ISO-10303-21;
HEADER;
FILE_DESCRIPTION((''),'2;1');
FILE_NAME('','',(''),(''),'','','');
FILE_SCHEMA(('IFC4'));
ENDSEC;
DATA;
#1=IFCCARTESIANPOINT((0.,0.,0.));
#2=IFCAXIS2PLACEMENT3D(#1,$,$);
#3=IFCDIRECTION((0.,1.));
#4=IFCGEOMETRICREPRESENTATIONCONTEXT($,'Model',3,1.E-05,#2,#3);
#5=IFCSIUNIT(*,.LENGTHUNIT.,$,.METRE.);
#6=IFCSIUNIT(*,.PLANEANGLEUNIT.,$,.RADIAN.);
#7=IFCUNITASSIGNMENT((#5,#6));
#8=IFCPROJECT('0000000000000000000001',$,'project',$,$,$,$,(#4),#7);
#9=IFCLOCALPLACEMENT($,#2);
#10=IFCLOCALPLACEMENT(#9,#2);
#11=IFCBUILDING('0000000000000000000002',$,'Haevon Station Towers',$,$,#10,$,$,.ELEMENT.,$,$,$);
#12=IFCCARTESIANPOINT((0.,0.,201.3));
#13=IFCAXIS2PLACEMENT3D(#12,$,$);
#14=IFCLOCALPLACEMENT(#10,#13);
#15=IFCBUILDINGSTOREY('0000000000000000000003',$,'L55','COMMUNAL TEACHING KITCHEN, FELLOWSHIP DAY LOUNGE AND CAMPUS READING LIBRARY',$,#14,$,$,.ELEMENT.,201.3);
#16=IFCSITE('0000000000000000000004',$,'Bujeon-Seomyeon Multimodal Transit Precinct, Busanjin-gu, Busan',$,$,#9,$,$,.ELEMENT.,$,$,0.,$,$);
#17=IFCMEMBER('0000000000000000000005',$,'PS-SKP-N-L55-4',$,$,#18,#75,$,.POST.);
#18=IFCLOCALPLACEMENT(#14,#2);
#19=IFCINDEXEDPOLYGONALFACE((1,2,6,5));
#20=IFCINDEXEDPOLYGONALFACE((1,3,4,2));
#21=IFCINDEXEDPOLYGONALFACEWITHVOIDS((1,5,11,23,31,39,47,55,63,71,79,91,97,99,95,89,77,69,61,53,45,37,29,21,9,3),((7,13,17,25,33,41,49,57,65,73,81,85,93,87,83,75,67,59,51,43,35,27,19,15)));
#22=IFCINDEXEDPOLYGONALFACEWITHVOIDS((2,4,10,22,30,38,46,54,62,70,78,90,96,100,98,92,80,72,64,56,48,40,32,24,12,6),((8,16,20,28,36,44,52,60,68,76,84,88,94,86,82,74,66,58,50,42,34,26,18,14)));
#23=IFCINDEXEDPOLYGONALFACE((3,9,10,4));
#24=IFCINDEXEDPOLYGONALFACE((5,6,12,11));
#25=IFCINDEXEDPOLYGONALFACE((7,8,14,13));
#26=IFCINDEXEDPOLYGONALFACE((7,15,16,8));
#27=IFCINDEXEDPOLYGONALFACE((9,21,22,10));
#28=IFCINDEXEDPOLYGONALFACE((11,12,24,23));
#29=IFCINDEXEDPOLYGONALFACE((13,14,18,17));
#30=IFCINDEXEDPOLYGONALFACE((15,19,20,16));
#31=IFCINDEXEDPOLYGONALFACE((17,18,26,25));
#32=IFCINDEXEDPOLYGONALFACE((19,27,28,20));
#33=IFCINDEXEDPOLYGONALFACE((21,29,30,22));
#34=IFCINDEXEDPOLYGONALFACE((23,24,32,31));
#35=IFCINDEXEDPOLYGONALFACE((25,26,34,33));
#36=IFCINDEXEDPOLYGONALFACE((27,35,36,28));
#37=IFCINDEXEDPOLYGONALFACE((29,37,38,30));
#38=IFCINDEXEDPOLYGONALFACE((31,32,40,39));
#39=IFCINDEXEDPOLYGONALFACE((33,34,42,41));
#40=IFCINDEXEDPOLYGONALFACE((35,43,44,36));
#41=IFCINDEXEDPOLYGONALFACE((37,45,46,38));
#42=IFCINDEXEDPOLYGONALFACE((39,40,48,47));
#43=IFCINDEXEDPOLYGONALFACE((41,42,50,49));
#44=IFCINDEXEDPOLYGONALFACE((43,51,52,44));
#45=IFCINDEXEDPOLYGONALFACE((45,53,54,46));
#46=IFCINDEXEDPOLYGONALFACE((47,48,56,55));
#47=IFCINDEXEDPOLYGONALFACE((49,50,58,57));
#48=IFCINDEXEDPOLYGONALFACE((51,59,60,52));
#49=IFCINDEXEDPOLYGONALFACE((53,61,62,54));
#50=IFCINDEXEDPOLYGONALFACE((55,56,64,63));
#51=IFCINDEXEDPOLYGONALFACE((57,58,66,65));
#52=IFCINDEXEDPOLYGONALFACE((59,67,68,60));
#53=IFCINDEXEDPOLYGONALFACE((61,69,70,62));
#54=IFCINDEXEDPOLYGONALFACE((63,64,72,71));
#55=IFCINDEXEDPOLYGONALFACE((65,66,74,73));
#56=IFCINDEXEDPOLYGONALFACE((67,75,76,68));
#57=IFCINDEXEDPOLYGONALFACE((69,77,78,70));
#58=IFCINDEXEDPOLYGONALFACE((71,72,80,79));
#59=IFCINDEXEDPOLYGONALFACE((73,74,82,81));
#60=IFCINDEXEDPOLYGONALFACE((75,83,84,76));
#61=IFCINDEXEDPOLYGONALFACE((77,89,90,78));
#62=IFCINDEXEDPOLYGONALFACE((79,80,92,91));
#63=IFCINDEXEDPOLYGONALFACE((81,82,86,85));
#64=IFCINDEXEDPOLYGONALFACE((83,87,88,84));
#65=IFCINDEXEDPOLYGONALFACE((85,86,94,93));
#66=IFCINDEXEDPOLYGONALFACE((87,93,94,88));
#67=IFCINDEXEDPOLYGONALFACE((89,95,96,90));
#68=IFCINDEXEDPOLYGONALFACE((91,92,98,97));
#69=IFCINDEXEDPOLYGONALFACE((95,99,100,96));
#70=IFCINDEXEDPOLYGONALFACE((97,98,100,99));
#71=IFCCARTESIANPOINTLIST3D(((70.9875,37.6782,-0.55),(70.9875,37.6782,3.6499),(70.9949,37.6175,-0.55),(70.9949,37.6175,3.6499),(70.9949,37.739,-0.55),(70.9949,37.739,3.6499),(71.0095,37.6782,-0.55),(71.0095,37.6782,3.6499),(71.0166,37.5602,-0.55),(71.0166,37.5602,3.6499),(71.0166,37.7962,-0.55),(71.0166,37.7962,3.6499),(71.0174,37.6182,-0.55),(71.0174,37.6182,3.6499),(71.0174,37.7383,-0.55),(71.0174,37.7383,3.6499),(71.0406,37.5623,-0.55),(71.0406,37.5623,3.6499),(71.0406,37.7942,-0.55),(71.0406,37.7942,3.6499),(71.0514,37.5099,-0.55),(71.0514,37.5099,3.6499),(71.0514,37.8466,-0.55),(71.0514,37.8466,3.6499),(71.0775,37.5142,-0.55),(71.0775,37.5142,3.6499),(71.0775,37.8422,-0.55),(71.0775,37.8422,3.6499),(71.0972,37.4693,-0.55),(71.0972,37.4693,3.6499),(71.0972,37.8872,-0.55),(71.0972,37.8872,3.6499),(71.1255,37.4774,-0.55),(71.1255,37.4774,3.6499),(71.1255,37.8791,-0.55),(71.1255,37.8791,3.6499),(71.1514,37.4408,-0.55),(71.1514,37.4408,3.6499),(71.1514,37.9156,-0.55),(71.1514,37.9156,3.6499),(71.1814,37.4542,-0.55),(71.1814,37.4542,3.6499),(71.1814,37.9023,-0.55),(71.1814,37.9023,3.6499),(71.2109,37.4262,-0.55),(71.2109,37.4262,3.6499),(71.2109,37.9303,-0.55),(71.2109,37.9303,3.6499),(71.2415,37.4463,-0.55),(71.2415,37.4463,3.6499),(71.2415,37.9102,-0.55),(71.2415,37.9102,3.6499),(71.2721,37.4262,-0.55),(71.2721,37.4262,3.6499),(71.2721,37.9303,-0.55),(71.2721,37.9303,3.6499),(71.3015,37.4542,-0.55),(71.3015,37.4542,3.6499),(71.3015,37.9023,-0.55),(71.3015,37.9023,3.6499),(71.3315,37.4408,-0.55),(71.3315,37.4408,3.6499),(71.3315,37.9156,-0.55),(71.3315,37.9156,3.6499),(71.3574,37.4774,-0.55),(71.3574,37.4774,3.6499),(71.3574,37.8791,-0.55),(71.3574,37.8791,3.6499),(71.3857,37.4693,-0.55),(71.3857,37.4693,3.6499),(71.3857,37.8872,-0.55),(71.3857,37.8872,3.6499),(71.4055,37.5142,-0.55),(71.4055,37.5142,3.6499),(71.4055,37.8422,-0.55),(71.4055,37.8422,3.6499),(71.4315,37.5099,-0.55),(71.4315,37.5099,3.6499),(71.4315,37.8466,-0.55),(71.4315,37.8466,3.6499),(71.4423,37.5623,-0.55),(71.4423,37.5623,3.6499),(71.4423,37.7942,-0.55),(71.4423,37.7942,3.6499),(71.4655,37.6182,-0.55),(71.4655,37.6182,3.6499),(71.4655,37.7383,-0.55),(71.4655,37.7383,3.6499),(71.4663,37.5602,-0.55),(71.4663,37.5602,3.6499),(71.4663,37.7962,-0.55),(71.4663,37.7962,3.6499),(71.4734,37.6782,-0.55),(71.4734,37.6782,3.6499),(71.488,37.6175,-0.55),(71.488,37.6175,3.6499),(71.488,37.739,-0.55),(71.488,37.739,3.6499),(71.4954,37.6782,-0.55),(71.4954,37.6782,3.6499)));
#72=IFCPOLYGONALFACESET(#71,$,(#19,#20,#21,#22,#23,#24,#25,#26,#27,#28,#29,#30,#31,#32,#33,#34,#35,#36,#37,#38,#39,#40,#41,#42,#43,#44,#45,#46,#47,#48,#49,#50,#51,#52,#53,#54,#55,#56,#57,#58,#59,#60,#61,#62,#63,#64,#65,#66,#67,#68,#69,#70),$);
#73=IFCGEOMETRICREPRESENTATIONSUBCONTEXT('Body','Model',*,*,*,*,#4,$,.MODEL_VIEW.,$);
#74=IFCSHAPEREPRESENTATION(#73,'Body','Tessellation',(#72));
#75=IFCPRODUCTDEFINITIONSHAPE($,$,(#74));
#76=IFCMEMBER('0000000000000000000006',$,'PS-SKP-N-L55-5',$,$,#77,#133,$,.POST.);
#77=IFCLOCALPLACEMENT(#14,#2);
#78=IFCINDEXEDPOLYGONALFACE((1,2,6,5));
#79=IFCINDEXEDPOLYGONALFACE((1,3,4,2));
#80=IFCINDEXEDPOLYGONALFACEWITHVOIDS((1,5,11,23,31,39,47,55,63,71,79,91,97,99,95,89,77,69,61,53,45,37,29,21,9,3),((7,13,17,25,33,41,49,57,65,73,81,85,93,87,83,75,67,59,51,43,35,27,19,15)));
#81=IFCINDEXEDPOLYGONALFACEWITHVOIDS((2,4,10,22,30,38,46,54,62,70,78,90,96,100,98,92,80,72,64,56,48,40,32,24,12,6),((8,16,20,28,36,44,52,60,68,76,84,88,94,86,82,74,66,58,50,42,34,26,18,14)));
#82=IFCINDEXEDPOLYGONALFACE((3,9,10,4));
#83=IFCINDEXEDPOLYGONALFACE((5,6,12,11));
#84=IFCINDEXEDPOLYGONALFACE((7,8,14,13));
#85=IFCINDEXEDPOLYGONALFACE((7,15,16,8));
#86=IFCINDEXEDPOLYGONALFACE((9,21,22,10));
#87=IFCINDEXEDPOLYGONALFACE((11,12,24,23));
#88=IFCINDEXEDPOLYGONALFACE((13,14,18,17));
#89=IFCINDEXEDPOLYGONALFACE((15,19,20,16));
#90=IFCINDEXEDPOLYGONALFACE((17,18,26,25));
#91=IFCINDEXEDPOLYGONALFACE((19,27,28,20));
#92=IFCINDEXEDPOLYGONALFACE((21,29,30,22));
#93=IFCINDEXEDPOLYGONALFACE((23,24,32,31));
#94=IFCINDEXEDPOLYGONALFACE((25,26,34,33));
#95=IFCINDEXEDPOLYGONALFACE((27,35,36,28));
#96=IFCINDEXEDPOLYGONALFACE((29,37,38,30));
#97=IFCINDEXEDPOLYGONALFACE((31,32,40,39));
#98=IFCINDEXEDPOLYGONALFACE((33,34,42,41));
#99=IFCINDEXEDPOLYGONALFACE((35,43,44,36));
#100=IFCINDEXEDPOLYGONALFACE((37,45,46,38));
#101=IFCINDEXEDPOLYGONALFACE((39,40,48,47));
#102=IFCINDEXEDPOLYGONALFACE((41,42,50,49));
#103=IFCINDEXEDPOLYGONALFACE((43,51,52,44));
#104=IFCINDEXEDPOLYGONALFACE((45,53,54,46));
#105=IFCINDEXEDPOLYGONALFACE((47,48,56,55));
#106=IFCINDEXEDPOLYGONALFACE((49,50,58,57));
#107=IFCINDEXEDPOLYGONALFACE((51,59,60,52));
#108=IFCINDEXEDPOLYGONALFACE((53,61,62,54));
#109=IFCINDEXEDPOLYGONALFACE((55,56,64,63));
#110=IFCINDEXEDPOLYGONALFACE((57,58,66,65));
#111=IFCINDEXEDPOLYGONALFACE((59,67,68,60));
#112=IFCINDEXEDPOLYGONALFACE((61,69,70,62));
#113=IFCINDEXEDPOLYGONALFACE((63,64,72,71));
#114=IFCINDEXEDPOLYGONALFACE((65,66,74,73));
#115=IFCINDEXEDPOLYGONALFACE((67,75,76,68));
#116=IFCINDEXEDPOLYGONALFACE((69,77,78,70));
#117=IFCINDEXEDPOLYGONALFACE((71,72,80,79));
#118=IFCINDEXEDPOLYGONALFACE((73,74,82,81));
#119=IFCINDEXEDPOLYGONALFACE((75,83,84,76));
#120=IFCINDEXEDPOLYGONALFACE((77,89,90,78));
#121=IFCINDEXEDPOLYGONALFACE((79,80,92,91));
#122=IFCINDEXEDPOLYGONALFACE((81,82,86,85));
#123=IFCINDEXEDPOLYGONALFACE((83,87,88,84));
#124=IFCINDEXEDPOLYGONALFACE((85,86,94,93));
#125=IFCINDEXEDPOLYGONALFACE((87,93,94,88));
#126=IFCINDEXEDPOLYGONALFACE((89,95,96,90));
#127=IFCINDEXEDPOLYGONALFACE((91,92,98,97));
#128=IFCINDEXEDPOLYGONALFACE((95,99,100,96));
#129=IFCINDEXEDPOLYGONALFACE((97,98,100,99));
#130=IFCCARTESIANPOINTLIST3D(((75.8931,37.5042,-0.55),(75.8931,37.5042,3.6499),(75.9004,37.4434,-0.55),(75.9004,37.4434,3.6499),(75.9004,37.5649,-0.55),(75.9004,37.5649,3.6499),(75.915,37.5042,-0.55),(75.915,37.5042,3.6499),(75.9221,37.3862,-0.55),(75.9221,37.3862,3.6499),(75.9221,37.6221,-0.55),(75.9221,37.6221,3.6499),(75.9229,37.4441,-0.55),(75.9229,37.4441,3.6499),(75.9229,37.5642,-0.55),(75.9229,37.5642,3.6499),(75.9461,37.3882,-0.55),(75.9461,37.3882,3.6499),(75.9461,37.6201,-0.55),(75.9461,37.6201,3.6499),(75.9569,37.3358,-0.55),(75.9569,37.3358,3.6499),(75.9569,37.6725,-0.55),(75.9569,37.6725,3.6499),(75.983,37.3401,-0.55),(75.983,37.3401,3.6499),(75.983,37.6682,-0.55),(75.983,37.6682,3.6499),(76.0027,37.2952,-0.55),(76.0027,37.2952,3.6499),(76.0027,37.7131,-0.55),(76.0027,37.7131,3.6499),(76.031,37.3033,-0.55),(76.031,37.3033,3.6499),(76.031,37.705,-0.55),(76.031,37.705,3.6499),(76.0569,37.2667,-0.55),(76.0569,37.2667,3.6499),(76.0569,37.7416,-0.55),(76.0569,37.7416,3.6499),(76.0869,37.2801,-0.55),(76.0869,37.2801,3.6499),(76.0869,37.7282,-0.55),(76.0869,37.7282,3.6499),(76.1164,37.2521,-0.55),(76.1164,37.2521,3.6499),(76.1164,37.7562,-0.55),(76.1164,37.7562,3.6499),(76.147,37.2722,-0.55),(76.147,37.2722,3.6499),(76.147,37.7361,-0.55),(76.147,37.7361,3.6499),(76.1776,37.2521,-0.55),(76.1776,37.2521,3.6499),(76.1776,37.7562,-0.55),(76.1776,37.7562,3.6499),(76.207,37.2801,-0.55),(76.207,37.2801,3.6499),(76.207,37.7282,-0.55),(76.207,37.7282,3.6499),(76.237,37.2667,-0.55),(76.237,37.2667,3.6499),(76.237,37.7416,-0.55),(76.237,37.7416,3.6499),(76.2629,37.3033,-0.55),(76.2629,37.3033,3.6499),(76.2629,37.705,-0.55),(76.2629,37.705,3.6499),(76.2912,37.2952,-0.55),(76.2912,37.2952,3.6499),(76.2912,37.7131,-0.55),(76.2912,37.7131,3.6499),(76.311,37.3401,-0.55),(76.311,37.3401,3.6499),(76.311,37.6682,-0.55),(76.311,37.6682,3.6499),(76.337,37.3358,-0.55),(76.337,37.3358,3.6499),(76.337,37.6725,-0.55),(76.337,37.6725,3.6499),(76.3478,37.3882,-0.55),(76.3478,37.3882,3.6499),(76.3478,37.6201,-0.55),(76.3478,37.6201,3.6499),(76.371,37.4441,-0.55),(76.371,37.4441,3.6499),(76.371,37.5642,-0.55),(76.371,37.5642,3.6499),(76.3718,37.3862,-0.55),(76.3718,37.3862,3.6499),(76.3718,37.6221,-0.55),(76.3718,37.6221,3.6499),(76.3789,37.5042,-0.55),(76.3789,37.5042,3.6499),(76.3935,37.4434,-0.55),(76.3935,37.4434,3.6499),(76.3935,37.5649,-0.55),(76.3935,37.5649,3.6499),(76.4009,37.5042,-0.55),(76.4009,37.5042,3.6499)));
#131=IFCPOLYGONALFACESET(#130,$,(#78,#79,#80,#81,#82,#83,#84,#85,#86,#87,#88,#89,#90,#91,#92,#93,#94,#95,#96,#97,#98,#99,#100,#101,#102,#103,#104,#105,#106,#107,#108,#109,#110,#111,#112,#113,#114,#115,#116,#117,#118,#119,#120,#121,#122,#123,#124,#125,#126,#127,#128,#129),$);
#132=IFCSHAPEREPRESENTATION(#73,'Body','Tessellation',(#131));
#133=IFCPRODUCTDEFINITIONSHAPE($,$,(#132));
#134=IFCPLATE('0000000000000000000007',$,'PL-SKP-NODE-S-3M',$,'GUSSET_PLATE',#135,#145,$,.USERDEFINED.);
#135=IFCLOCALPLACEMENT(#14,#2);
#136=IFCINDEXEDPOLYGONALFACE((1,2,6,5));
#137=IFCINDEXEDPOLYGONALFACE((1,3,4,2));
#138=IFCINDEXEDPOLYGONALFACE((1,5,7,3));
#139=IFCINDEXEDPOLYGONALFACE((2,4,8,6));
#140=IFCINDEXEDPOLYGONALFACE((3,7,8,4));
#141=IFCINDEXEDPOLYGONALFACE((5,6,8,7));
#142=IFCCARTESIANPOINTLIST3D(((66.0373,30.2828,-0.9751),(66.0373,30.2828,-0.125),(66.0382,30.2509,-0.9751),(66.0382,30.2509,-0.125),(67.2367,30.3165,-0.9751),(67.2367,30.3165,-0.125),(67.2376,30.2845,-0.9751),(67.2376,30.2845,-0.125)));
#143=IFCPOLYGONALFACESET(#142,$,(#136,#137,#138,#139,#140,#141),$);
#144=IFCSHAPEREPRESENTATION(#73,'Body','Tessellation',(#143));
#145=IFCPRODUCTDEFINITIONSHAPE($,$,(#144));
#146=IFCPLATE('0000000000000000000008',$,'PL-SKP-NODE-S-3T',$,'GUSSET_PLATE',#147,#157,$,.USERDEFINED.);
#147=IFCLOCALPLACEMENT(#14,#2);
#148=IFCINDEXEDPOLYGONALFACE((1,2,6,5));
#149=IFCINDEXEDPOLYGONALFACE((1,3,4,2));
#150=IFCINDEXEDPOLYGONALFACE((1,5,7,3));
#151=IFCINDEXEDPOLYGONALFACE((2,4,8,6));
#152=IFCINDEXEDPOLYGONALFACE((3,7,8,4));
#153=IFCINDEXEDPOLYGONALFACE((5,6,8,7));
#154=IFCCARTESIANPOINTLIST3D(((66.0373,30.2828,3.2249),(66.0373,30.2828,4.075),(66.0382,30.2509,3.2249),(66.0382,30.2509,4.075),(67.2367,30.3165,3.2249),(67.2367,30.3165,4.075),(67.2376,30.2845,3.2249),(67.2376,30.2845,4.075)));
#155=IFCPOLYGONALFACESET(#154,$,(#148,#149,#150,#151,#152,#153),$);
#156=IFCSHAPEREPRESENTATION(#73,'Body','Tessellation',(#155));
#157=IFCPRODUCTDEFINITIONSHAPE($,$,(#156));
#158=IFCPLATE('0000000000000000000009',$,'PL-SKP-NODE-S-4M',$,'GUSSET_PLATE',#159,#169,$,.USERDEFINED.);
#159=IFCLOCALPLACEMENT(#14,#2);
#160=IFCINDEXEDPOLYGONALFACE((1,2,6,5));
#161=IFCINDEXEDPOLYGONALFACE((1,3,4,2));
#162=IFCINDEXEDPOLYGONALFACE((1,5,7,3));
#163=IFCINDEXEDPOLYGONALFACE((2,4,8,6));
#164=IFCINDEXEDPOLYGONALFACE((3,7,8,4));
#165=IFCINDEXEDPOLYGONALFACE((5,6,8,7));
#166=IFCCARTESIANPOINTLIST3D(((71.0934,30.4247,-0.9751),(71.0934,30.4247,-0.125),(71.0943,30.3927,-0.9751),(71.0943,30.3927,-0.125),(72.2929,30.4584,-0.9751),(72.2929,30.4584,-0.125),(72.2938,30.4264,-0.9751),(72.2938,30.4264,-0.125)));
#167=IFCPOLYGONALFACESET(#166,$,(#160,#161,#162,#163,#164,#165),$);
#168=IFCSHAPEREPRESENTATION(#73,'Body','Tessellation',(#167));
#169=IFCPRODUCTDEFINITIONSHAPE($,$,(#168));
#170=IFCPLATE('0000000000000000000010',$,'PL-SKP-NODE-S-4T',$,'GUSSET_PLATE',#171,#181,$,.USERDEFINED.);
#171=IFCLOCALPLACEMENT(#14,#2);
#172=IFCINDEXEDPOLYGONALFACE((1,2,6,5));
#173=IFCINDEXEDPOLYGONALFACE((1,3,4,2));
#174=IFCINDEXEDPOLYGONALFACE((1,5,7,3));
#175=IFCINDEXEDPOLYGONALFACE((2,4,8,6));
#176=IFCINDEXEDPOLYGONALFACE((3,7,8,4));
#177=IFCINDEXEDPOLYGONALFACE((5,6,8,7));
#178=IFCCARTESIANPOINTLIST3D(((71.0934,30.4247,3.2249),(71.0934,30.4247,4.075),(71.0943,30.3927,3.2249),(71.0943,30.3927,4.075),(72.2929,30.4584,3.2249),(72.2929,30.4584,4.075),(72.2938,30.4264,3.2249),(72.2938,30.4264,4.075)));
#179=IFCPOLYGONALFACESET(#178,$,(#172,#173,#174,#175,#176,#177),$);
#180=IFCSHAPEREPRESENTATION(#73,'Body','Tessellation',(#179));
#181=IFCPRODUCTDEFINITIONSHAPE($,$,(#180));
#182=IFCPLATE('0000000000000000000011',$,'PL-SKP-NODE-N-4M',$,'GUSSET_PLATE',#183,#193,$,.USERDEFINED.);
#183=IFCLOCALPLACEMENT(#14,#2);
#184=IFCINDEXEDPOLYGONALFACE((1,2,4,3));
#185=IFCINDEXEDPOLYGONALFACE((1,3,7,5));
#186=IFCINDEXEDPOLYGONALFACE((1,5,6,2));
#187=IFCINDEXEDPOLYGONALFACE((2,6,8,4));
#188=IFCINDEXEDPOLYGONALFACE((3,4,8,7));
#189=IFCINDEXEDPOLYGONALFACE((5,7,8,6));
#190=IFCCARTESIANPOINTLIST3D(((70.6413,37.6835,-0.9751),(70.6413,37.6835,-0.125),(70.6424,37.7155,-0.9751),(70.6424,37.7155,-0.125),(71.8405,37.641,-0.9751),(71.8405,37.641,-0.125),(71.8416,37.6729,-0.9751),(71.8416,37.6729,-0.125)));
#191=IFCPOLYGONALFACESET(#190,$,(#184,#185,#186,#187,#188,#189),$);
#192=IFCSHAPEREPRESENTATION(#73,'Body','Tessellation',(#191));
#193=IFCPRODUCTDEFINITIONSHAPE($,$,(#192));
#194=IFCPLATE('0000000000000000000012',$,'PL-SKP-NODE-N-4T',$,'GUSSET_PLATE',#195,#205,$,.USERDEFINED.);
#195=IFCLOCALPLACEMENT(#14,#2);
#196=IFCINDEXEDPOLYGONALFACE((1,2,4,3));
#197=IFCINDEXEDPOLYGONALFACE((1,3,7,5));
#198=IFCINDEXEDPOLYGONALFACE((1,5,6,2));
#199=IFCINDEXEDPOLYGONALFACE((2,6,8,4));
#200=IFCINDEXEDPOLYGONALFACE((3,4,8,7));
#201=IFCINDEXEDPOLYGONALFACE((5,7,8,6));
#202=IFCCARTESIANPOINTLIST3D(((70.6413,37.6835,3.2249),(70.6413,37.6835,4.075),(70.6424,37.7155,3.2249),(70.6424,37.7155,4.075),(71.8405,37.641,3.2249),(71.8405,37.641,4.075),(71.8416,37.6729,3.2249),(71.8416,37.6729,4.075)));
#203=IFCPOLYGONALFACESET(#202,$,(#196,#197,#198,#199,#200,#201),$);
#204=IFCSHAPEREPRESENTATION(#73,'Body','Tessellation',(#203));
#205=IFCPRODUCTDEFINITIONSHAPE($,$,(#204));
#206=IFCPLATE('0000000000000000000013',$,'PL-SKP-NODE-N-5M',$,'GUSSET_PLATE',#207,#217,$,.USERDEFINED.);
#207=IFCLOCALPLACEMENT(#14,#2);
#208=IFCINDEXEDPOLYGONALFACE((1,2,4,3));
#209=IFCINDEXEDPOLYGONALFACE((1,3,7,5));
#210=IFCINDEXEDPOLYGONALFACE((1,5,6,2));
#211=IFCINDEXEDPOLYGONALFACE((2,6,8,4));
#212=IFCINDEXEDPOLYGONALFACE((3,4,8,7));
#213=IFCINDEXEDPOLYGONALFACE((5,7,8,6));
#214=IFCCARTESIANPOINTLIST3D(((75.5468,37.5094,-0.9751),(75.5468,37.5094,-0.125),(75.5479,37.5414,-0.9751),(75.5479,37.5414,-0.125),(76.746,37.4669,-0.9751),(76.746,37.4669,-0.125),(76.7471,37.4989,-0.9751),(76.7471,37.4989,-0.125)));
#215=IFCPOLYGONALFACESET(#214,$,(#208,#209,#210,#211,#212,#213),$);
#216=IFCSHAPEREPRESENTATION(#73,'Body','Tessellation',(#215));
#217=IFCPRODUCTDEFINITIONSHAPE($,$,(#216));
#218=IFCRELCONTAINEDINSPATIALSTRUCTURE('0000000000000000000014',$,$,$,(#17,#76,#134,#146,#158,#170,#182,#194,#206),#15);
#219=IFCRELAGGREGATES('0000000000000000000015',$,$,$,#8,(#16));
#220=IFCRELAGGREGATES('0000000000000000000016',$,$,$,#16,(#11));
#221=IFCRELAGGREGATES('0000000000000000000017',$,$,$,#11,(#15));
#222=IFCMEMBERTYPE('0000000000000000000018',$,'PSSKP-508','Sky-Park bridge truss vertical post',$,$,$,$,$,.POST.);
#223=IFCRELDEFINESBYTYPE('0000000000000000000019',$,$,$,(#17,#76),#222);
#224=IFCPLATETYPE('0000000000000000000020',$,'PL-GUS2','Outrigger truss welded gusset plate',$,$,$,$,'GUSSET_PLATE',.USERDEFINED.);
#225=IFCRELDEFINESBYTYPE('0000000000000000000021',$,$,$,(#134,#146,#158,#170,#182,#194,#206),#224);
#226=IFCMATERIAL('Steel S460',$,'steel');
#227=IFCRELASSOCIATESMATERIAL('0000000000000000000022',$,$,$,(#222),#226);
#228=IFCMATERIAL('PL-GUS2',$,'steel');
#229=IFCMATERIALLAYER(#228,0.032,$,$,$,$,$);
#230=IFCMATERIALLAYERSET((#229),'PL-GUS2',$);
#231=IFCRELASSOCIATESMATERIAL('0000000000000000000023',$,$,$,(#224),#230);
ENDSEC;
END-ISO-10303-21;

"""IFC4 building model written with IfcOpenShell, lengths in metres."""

from ifc_helpers import new_model, si_unit, direction, frame, origin, origin_2d, place, context, subcontext, project, spatial, rectangle, hollow_circle, extrude, material, layer, layer_set, material_profile, profile_set, type_object, element, save


model = new_model("IFC4")

# Units and contexts
model_context = context("Model", 3, precision=1e-05, world=origin(), true_north=direction((0.0, 1.0)))
body_context = subcontext(model_context, "Body", "Model", "MODEL_VIEW")
ifc_project = project(units=[si_unit("LENGTHUNIT", "METRE"), si_unit("PLANEANGLEUNIT", "RADIAN")], contexts=[model_context])

# Site, building, storey
site_placement = place(None, origin())
site = spatial("IfcSite", under=ifc_project, at=site_placement, Name="Bujeon-Seomyeon Multimodal Transit Precinct, Busanjin-gu, Busan", CompositionType="ELEMENT", RefElevation=0.0)
building_placement = place(site_placement, origin())
building = spatial("IfcBuilding", under=site, at=building_placement, Name="Haevon Station Towers", CompositionType="ELEMENT")
storey_placement = place(building_placement, frame((0.0, 0.0, 201.3)))
storey = spatial("IfcBuildingStorey", under=building, at=storey_placement, Name="L55", Description="COMMUNAL TEACHING KITCHEN, FELLOWSHIP DAY LOUNGE AND CAMPUS READING LIBRARY", CompositionType="ELEMENT", Elevation=201.3)

# Members
ifc_material_1 = material(Name="Steel S460", Category="steel")
ifc_material_profile_1 = material_profile(ifc_material_1, hollow_circle(Radius=0.2539, WallThickness=0.022, at=origin_2d()), Name="CHS-508x22")
ifc_profile_set_1 = profile_set([ifc_material_profile_1], Name="Steel S460")
member_type_1 = type_object("IfcMemberType", Name="PSSKP-508", Description="Sky-Park bridge truss vertical post", PredefinedType="POST", material=ifc_profile_set_1)
for number, where, z_axis, x_axis, name in (
    (1, (71.2415, 37.6782, -0.55), (0.0, 0.0, 1.0), (1.0, 0.0, 0.0), "PS-SKP-N-L55-4"),
    (2, (76.147, 37.5042, -0.55), (0.0, 0.0, 1.0), (1.0, 0.0, 0.0), "PS-SKP-N-L55-5"),
):
    element("IfcMember", number, at=place(storey_placement, frame(where, z_axis=z_axis, x_axis=x_axis)), inside=storey, type_object=member_type_1, Name=name, PredefinedType="POST", context=body_context, shape_type="SweptSolid", body=[
        extrude(hollow_circle(Radius=0.2539, WallThickness=0.022, at=origin_2d()), origin(), (0.0, 0.0, 1.0), 4.2),
    ])

# Plates
ifc_material_2 = material(Name="PL-GUS2", Category="steel")
ifc_layer_1 = layer(ifc_material_2, 0.032)
ifc_layer_set_1 = layer_set([ifc_layer_1], Name="PL-GUS2")
plate_type = type_object("IfcPlateType", Name="PL-GUS2", Description="Outrigger truss welded gusset plate", ElementType="GUSSET_PLATE", PredefinedType="USERDEFINED", material=ifc_layer_set_1)
for number, where, z_axis, x_axis, name in (
    (3, (66.6375, 30.2837, -0.9751), (0.0, 0.0, 1.0), (0.999607, 0.028049, 0.0), "PL-SKP-NODE-S-3M"),
    (4, (66.6375, 30.2837, 3.2249), (0.0, 0.0, 1.0), (0.999607, 0.028049, 0.0), "PL-SKP-NODE-S-3T"),
    (5, (71.6936, 30.4255, -0.9751), (0.0, 0.0, 1.0), (0.999607, 0.028049, 0.0), "PL-SKP-NODE-S-4M"),
    (6, (71.6936, 30.4255, 3.2249), (0.0, 0.0, 1.0), (0.999607, 0.028049, 0.0), "PL-SKP-NODE-S-4T"),
    (7, (71.2415, 37.6782, -0.9751), (0.0, 0.0, 1.0), (0.999372, -0.03544, 0.0), "PL-SKP-NODE-N-4M"),
    (8, (71.2415, 37.6782, 3.2249), (0.0, 0.0, 1.0), (0.999372, -0.03544, 0.0), "PL-SKP-NODE-N-4T"),
    (9, (76.147, 37.5042, -0.9751), (0.0, 0.0, 1.0), (0.999372, -0.03544, 0.0), "PL-SKP-NODE-N-5M"),
):
    element("IfcPlate", number, at=place(storey_placement, frame(where, z_axis=z_axis, x_axis=x_axis)), inside=storey, type_object=plate_type, Name=name, ObjectType="GUSSET_PLATE", PredefinedType="USERDEFINED", context=body_context, shape_type="SweptSolid", body=[
        extrude(rectangle(XDim=1.2, YDim=0.032, at=origin_2d()), origin(), (0.0, 0.0, 1.0), 0.8501),
    ])

save(model, "model.ifc")
